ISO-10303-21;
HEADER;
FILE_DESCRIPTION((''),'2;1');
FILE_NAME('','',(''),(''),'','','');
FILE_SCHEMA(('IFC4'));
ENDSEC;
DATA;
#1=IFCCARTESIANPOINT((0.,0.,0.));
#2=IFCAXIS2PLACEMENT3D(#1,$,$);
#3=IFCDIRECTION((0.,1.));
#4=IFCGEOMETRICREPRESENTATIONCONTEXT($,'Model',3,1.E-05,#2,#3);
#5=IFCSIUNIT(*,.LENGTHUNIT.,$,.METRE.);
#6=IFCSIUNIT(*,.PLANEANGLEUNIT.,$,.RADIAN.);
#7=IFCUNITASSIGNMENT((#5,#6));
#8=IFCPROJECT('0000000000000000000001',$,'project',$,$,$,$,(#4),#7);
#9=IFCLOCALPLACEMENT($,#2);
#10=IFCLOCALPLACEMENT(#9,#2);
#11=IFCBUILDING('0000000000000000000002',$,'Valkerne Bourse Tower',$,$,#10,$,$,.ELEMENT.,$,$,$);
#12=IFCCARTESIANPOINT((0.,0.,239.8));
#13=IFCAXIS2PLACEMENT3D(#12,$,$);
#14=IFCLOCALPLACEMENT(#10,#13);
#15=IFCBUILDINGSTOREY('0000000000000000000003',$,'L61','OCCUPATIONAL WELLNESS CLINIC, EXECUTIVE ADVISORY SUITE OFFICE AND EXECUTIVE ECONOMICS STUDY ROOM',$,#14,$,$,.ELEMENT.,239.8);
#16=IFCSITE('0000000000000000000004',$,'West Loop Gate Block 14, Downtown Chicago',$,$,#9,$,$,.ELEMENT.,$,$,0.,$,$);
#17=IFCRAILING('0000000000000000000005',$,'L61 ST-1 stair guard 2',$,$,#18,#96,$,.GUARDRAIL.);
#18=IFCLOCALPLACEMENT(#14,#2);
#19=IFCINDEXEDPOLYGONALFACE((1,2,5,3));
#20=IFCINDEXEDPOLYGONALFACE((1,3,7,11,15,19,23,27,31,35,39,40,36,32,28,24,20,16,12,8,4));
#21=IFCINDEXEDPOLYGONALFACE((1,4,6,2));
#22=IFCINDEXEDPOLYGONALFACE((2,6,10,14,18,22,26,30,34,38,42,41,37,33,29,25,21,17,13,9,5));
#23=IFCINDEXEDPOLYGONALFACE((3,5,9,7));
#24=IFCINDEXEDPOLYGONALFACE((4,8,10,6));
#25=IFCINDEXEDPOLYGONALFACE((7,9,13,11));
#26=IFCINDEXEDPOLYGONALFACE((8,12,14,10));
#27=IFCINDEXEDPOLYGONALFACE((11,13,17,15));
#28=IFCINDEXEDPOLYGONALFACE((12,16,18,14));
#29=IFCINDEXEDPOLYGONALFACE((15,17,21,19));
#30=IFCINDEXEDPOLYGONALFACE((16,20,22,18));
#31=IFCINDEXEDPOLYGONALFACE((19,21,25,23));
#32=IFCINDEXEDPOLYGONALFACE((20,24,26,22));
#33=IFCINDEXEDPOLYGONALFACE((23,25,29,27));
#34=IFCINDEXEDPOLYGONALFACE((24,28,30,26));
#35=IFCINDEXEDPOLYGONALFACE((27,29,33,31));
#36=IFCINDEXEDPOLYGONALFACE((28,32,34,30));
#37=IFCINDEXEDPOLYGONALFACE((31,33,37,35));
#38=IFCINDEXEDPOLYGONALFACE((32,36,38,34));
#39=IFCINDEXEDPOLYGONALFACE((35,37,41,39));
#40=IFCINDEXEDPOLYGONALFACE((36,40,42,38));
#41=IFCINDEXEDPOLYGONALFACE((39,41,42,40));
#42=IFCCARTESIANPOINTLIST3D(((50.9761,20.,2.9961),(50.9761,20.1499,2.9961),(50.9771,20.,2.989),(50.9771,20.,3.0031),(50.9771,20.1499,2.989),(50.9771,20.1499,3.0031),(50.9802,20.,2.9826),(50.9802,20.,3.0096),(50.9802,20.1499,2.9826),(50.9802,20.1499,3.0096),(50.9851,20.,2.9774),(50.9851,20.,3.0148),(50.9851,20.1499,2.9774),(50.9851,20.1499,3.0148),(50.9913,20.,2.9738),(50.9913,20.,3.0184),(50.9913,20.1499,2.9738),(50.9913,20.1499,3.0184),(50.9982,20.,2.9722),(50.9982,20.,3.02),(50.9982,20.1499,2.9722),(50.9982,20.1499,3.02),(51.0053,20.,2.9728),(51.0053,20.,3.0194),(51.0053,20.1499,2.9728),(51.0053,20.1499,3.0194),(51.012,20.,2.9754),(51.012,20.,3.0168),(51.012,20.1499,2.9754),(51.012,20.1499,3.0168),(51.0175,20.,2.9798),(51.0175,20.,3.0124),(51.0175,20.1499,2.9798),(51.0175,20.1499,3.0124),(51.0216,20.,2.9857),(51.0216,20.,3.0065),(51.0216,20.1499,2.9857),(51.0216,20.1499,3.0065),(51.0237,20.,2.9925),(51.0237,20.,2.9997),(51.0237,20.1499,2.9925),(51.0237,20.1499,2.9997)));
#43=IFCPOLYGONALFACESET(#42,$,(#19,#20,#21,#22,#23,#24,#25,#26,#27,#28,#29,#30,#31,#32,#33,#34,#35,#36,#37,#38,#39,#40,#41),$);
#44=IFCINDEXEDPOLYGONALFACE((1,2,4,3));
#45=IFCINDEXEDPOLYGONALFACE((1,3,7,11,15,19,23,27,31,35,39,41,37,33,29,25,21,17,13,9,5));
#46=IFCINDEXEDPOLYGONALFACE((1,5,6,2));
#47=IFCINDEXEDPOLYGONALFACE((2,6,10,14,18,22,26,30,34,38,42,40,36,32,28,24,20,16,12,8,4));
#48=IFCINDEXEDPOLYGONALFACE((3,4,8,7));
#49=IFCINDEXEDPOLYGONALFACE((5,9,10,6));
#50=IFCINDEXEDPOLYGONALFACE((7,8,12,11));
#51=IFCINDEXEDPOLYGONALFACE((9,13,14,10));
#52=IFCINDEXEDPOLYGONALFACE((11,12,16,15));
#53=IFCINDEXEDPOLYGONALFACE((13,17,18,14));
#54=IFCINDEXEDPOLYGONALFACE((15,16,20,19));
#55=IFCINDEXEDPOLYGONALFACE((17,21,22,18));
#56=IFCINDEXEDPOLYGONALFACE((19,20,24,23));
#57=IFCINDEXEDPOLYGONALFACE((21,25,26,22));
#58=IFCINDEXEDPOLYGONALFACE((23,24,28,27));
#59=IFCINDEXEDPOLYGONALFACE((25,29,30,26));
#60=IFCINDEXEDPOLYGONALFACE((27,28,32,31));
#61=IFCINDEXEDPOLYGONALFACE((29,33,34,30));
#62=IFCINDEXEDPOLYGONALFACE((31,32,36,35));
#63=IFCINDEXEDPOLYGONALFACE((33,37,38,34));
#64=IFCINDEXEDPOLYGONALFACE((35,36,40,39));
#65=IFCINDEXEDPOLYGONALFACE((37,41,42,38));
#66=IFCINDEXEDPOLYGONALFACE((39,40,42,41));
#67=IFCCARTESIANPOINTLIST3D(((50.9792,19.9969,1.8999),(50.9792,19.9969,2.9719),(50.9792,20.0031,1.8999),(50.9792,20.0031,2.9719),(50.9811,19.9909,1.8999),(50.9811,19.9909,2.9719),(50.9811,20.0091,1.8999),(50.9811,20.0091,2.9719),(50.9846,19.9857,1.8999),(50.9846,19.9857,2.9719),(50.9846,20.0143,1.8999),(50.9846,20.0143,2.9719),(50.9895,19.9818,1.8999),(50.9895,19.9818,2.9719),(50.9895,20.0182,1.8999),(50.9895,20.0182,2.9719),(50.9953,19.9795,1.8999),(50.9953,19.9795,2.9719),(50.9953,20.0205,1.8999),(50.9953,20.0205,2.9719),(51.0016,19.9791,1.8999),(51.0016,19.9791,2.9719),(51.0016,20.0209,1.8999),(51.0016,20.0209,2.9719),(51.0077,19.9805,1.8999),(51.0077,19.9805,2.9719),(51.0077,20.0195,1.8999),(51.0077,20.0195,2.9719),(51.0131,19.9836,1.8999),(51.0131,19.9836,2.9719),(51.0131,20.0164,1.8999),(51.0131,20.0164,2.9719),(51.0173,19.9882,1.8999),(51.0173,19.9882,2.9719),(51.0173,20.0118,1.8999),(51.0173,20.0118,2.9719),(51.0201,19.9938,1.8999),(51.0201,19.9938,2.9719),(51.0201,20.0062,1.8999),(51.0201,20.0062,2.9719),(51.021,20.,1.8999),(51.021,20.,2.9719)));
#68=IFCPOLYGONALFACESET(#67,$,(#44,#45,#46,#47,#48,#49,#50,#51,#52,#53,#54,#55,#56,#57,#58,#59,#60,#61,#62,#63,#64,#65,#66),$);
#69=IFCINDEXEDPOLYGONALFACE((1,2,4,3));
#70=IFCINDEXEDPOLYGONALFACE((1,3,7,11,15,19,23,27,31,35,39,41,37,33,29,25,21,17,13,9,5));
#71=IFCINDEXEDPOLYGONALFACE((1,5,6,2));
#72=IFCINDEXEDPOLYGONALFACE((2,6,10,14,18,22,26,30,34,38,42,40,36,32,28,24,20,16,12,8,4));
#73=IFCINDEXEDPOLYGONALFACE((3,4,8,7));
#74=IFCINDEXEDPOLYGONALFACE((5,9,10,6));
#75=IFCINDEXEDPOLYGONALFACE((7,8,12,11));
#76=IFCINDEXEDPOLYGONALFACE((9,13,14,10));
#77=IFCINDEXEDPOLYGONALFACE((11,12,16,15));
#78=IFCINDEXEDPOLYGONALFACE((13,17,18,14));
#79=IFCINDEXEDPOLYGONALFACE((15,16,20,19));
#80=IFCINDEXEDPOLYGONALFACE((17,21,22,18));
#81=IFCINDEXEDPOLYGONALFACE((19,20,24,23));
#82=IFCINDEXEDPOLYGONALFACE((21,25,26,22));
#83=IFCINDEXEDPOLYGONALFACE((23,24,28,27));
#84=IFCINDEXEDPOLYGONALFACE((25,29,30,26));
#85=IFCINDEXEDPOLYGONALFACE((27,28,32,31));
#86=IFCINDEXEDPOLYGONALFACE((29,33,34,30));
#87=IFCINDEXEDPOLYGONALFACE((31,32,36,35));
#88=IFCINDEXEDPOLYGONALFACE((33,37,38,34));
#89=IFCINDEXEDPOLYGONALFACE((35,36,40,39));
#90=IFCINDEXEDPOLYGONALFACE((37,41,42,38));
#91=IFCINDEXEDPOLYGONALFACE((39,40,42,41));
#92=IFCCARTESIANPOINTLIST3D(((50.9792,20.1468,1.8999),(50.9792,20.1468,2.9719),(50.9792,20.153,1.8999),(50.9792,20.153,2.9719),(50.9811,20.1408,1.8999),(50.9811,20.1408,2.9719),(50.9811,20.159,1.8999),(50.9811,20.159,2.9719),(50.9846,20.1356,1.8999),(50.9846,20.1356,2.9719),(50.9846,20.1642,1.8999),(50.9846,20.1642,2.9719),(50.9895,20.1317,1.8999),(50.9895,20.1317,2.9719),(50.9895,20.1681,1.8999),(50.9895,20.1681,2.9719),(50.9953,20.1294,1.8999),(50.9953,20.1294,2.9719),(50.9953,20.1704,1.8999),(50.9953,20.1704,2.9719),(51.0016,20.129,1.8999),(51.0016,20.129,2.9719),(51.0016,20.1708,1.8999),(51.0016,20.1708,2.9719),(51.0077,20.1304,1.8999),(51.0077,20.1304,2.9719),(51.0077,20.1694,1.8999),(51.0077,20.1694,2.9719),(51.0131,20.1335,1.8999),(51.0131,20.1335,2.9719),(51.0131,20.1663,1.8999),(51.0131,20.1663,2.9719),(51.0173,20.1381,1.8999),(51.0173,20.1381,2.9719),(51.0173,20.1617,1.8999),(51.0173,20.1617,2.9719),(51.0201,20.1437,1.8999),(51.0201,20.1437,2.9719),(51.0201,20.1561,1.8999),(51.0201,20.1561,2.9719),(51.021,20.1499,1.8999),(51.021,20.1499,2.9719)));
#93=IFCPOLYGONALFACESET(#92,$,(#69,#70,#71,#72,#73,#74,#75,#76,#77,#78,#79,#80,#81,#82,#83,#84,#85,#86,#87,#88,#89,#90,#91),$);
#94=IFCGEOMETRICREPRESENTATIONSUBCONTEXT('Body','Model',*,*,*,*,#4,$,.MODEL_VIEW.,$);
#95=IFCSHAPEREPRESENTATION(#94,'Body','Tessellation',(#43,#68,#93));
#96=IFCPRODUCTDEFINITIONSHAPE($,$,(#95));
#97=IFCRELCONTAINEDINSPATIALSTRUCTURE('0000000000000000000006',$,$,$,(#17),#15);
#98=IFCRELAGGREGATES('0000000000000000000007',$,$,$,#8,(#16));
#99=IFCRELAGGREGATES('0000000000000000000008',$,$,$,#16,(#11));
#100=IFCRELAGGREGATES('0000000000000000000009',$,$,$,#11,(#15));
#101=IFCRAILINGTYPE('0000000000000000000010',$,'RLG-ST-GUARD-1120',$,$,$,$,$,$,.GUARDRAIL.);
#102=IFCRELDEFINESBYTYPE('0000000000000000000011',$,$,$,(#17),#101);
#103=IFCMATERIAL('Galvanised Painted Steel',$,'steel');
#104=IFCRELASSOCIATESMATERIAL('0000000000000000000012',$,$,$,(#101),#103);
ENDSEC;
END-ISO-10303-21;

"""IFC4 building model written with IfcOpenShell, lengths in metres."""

from ifc_helpers import new_model, si_unit, direction, frame, origin, origin_2d, place, context, subcontext, project, spatial, circle, extrude, material, type_object, element, save


model = new_model("IFC4")

# Units and contexts
model_context = context("Model", 3, precision=1e-05, world=origin(), true_north=direction((0.0, 1.0)))
body_context = subcontext(model_context, "Body", "Model", "MODEL_VIEW")
ifc_project = project(units=[si_unit("LENGTHUNIT", "METRE"), si_unit("PLANEANGLEUNIT", "RADIAN")], contexts=[model_context])

# Site, building, storey
site_placement = place(None, origin())
site = spatial("IfcSite", under=ifc_project, at=site_placement, Name="West Loop Gate Block 14, Downtown Chicago", CompositionType="ELEMENT", RefElevation=0.0)
building_placement = place(site_placement, origin())
building = spatial("IfcBuilding", under=site, at=building_placement, Name="Valkerne Bourse Tower", CompositionType="ELEMENT")
storey_placement = place(building_placement, frame((0.0, 0.0, 239.8)))
storey = spatial("IfcBuildingStorey", under=building, at=storey_placement, Name="L61", Description="OCCUPATIONAL WELLNESS CLINIC, EXECUTIVE ADVISORY SUITE OFFICE AND EXECUTIVE ECONOMICS STUDY ROOM", CompositionType="ELEMENT", Elevation=239.8)

# Shared definitions
ifc_material_1 = material(Name="Galvanised Painted Steel", Category="steel")

# Railing
railing_type_1 = type_object("IfcRailingType", Name="RLG-ST-GUARD-1120", PredefinedType="GUARDRAIL", material=ifc_material_1)
railing_1_placement = place(storey_placement, frame((51.0, 20.0, 1.8999)))
element("IfcRailing", 1, at=railing_1_placement, inside=storey, type_object=railing_type_1, Name="L61 ST-1 stair guard 2", PredefinedType="GUARDRAIL", context=body_context, shape_type="SweptSolid", body=[
    extrude(circle(Radius=0.0239, at=origin_2d()), frame((0.0, 0.0, 1.0962), z_axis=(0.0, 1.0, 0.0), x_axis=(-1.0, 0.0, 0.0)), (0.0, 0.0, 1.0), 0.1499),
    extrude(circle(Radius=0.021, at=origin_2d()), origin(), (0.0, 0.0, 1.0), 1.072),
    extrude(circle(Radius=0.021, at=origin_2d()), frame((0.0, 0.1499, 0.0)), (0.0, 0.0, 1.0), 1.072),
])

save(model, "model.ifc")
